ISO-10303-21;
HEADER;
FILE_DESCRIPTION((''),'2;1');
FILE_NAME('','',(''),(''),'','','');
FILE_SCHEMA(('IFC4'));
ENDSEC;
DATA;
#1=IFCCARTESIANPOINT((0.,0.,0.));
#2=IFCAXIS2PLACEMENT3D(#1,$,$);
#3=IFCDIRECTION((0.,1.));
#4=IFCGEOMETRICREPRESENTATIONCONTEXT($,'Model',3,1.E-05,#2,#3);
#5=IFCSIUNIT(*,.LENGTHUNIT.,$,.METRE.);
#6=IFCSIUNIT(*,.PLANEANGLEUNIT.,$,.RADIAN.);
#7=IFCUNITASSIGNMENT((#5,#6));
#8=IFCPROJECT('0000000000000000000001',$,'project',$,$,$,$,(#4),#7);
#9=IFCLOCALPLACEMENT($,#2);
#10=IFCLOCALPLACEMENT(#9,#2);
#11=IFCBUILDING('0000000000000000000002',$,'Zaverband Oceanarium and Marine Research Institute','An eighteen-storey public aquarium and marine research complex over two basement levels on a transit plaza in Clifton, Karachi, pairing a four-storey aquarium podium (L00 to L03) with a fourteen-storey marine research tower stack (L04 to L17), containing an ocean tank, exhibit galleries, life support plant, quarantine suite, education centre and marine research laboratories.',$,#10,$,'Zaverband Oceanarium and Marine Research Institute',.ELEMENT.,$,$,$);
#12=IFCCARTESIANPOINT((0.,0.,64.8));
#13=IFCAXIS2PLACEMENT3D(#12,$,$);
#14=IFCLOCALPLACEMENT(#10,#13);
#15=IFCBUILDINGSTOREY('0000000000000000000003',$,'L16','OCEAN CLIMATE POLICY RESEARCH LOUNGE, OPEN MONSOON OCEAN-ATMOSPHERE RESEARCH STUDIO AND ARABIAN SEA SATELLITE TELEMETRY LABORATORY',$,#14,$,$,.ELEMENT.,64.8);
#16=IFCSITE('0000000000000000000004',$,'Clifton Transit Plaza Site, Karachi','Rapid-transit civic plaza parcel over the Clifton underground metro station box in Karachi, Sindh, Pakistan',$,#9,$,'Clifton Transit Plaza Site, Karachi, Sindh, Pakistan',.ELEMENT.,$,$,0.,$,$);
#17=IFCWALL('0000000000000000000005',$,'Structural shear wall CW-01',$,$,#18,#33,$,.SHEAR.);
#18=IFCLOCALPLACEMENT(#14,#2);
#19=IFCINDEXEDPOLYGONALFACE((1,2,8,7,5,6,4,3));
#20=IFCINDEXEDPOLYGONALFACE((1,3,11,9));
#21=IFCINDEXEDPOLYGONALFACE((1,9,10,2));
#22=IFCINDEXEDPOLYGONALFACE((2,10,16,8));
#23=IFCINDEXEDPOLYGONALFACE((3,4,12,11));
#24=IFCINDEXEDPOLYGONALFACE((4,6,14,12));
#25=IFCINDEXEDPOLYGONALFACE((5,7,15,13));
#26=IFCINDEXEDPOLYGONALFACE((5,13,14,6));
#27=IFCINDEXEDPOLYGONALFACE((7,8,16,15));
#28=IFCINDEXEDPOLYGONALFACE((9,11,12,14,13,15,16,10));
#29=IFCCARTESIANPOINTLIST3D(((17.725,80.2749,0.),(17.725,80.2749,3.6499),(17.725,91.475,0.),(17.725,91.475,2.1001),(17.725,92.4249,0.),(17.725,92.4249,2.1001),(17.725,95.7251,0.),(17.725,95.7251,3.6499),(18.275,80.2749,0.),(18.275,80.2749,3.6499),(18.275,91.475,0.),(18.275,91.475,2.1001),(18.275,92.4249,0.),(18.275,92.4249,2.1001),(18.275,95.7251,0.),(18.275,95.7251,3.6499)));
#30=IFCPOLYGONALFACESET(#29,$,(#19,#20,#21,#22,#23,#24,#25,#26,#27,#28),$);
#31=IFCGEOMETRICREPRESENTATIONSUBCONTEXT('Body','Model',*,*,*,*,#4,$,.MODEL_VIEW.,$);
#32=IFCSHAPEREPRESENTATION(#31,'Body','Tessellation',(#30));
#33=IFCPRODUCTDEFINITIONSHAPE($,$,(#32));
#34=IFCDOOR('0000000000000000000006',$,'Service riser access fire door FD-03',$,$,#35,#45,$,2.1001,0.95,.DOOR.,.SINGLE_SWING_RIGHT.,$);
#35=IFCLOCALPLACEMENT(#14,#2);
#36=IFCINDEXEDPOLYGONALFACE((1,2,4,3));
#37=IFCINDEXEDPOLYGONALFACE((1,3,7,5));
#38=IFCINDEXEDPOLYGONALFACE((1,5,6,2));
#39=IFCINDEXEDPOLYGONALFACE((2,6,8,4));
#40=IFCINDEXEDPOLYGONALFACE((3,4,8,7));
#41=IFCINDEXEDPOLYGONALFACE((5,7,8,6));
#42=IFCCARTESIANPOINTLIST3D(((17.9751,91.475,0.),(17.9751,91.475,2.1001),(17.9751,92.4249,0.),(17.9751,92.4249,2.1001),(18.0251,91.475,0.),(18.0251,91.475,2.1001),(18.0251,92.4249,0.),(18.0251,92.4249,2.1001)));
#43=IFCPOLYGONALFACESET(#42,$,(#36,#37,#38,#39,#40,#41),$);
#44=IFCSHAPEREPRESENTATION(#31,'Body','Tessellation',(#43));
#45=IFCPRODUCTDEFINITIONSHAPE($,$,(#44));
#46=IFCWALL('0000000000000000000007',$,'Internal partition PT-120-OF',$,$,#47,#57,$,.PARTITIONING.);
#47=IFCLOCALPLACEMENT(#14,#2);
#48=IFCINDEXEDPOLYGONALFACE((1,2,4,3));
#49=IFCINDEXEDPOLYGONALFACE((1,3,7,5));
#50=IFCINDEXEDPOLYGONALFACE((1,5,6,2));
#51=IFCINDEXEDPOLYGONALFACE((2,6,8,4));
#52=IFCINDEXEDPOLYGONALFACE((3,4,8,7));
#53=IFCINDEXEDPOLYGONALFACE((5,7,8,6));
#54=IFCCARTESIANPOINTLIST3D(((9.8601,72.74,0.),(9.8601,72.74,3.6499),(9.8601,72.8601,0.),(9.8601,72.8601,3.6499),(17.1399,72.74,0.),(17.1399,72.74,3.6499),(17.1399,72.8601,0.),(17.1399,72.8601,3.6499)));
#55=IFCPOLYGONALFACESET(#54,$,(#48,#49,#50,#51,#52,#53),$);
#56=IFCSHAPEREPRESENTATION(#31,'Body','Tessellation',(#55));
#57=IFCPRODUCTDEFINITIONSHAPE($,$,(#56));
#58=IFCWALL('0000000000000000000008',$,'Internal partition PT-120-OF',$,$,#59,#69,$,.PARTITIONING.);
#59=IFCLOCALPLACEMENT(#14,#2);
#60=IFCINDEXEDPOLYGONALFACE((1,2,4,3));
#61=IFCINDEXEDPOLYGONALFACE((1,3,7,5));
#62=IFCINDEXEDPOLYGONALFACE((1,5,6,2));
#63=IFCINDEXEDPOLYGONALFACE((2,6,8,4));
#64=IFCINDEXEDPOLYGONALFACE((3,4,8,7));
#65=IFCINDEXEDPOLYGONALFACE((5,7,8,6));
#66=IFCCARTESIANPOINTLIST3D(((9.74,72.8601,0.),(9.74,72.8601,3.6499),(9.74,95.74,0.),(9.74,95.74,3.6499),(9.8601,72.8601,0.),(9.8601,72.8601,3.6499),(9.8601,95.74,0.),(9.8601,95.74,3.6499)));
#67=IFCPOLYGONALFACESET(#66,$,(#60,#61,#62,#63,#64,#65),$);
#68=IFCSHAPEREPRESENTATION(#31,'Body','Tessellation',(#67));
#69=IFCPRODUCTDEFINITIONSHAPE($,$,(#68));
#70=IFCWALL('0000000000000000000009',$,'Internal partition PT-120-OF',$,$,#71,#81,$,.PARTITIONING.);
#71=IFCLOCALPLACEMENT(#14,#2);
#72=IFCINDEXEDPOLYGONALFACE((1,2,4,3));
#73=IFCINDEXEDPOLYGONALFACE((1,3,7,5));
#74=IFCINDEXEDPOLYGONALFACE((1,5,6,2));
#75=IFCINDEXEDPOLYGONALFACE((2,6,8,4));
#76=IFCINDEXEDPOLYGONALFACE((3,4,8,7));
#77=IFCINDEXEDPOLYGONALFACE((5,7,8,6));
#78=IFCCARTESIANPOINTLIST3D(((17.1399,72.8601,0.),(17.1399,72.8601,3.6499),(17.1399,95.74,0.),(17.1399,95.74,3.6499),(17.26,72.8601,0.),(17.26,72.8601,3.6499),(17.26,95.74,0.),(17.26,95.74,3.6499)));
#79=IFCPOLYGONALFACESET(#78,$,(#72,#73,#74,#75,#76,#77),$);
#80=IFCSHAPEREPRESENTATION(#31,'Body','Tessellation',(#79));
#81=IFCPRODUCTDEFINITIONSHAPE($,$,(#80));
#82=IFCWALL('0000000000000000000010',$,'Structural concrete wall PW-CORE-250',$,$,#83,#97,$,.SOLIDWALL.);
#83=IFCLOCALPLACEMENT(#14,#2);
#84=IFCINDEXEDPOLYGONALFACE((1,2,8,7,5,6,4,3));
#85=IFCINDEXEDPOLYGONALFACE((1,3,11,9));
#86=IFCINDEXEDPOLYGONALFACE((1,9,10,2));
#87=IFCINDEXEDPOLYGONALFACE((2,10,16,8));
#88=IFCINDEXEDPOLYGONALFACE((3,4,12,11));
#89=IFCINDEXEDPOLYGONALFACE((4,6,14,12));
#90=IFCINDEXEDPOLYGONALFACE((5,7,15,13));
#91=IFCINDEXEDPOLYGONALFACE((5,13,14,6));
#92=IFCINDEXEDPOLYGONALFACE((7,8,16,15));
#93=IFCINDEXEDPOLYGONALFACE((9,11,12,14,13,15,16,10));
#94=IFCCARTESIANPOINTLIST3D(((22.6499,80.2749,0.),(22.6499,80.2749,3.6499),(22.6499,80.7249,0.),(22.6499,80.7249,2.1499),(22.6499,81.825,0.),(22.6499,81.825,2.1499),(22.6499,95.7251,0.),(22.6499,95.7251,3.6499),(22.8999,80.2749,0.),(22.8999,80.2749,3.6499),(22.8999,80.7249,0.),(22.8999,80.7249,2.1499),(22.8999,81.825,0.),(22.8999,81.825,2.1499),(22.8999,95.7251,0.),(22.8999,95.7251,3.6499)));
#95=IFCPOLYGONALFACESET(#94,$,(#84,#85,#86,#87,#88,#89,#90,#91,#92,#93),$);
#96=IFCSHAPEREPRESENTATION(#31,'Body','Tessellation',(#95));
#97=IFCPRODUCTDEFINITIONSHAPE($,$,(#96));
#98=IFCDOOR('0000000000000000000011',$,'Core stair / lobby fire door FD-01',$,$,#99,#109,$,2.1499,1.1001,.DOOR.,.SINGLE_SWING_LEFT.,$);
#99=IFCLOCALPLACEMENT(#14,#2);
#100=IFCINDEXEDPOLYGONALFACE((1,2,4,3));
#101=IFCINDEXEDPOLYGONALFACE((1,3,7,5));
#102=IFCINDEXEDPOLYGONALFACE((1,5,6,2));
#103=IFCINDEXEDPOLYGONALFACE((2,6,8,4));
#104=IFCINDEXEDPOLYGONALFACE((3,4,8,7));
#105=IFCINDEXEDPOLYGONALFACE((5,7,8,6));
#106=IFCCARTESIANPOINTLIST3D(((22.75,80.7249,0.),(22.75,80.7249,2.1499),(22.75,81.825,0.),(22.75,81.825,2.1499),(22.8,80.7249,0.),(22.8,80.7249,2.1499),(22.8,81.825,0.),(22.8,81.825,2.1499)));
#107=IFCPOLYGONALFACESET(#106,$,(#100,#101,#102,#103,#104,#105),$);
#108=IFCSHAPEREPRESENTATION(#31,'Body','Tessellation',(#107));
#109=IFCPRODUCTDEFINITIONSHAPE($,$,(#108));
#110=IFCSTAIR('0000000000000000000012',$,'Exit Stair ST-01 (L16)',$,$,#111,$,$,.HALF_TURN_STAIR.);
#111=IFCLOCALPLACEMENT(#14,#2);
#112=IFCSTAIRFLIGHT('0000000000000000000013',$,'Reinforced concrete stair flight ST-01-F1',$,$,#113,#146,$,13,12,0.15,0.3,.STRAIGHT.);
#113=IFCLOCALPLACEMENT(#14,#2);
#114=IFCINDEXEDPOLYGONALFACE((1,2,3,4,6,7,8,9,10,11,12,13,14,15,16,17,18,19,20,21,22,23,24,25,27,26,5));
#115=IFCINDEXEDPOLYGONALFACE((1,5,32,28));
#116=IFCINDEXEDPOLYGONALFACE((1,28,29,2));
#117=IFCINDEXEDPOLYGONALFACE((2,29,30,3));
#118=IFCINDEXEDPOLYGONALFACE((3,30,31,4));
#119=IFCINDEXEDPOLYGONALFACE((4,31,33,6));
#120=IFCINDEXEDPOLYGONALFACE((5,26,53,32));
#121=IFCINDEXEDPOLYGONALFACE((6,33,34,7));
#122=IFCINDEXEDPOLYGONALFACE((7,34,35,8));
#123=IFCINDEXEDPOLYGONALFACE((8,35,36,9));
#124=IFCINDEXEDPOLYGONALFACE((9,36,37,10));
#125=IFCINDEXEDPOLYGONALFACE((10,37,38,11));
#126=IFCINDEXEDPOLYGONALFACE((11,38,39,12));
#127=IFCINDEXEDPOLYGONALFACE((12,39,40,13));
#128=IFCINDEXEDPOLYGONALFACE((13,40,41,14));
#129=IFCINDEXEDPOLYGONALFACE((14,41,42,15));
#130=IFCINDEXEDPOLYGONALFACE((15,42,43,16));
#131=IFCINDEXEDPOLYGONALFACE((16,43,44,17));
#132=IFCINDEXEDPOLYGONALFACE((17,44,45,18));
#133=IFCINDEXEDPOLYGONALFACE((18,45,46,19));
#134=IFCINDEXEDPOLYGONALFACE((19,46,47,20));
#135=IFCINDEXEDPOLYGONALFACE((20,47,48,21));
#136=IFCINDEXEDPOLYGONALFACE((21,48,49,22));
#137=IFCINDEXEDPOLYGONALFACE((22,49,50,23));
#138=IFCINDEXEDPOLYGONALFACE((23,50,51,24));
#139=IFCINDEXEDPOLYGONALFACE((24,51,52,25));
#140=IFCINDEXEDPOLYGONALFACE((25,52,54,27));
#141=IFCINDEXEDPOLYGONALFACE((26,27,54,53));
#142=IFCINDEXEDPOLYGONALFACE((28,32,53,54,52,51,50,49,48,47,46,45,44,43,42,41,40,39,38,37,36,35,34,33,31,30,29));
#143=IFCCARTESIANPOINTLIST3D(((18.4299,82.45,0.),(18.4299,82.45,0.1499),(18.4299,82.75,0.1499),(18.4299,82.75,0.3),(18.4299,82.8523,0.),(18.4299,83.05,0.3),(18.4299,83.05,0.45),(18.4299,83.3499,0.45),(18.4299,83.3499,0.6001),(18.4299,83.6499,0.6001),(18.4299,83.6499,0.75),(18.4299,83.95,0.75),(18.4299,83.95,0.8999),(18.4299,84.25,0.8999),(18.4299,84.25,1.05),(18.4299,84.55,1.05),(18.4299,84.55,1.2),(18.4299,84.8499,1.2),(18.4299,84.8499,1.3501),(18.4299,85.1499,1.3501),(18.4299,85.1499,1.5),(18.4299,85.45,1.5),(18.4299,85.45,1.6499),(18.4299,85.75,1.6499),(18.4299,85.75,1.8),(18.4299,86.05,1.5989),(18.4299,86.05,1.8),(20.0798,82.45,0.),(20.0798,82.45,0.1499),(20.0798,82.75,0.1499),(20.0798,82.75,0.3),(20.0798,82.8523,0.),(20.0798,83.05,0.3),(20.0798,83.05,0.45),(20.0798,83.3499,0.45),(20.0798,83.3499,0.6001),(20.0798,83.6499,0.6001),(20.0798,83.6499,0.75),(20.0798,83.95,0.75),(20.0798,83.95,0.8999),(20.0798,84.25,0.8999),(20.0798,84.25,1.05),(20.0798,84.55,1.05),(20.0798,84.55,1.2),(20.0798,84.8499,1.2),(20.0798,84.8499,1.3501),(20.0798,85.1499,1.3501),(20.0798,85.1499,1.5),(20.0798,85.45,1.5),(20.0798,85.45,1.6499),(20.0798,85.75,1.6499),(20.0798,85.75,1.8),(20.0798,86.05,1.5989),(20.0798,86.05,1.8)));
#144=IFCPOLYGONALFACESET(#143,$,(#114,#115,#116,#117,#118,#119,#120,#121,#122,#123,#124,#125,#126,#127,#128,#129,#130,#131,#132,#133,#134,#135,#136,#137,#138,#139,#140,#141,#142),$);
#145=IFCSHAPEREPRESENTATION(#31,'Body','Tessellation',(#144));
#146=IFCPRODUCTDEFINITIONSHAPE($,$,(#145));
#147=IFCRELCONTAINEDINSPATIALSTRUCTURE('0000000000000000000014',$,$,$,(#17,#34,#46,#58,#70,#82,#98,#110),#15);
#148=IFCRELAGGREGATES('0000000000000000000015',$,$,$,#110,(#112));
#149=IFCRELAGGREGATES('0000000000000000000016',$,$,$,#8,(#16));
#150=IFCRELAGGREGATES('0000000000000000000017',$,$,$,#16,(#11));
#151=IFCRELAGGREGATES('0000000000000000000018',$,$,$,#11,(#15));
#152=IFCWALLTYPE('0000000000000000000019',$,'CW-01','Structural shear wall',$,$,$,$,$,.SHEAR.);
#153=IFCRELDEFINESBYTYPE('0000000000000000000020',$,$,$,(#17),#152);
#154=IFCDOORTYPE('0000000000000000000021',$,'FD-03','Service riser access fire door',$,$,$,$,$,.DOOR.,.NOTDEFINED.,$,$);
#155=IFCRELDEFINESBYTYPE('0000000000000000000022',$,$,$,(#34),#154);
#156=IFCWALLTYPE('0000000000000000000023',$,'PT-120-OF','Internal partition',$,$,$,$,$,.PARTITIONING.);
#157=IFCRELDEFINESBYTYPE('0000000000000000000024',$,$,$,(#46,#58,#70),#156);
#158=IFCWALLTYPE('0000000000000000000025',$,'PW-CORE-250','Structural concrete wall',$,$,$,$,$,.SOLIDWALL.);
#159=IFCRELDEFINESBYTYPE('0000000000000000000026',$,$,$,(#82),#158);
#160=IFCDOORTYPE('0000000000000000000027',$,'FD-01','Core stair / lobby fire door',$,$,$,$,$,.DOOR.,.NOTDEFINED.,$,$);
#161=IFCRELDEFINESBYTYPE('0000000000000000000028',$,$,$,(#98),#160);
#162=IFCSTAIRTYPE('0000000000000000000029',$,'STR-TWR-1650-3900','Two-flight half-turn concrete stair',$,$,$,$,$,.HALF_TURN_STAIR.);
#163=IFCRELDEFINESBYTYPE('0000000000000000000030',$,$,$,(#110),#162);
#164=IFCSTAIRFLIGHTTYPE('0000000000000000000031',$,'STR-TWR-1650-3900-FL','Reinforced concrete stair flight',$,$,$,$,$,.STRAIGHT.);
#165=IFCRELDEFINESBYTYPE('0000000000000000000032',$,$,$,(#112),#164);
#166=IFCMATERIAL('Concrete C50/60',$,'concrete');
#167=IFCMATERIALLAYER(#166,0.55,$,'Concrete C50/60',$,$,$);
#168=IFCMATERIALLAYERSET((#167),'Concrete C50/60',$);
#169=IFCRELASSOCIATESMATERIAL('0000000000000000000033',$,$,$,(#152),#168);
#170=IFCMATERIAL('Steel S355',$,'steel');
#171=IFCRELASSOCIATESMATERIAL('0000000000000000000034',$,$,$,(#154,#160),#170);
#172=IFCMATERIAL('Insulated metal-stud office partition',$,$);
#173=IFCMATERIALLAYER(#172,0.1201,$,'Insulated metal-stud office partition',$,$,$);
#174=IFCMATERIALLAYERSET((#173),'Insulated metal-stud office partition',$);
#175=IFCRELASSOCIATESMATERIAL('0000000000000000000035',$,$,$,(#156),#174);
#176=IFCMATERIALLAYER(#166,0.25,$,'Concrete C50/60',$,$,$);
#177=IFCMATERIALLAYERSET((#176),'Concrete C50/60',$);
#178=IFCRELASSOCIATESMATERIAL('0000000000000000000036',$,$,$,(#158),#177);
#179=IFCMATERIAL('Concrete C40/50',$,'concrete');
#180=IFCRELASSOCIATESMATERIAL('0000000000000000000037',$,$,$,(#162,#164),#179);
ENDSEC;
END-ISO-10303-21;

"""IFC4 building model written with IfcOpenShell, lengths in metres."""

from ifc_helpers import new_model, si_unit, direction, frame, frame_2d, origin, place, context, subcontext, project, spatial, polyline, rectangle, outline, extrude, material, layer, layer_set, type_object, element, fill, aggregate, save


model = new_model("IFC4")

# Units and contexts
model_context = context("Model", 3, precision=1e-05, world=origin(), true_north=direction((0.0, 1.0)))
body_context = subcontext(model_context, "Body", "Model", "MODEL_VIEW")
ifc_project = project(units=[si_unit("LENGTHUNIT", "METRE"), si_unit("PLANEANGLEUNIT", "RADIAN")], contexts=[model_context])

# Site, building, storey
site_placement = place(None, origin())
site = spatial("IfcSite", under=ifc_project, at=site_placement, Name="Clifton Transit Plaza Site, Karachi", Description="Rapid-transit civic plaza parcel over the Clifton underground metro station box in Karachi, Sindh, Pakistan", LongName="Clifton Transit Plaza Site, Karachi, Sindh, Pakistan", CompositionType="ELEMENT", RefElevation=0.0)
building_placement = place(site_placement, origin())
building = spatial("IfcBuilding", under=site, at=building_placement, Name="Zaverband Oceanarium and Marine Research Institute", Description="An eighteen-storey public aquarium and marine research complex over two basement levels on a transit plaza in Clifton, Karachi, pairing a four-storey aquarium podium (L00 to L03) with a fourteen-storey marine research tower stack (L04 to L17), containing an ocean tank, exhibit galleries, life support plant, quarantine suite, education centre and marine research laboratories.", LongName="Zaverband Oceanarium and Marine Research Institute", CompositionType="ELEMENT")
storey_placement = place(building_placement, frame((0.0, 0.0, 64.8)))
storey = spatial("IfcBuildingStorey", under=building, at=storey_placement, Name="L16", Description="OCEAN CLIMATE POLICY RESEARCH LOUNGE, OPEN MONSOON OCEAN-ATMOSPHERE RESEARCH STUDIO AND ARABIAN SEA SATELLITE TELEMETRY LABORATORY", CompositionType="ELEMENT", Elevation=64.8)

# Shared definitions
ifc_material_1 = material(Name="Concrete C50/60", Category="concrete")

# Shared definitions
ifc_material_2 = material(Name="Concrete C40/50", Category="concrete")

# Shared definitions
ifc_material_3 = material(Name="Steel S355", Category="steel")

# Wall, opening, door
ifc_layer_1 = layer(ifc_material_1, 0.55, Name="Concrete C50/60")
ifc_layer_set_1 = layer_set([ifc_layer_1], Name="Concrete C50/60")
wall_type_1 = type_object("IfcWallType", Name="CW-01", Description="Structural shear wall", PredefinedType="SHEAR", material=ifc_layer_set_1)
wall_1_placement = place(storey_placement, frame((18.0, 80.2749, 0.0), z_axis=(0.0, 0.0, 1.0), x_axis=(0.0, 1.0, 0.0)))
wall_1 = element("IfcWall", 1, at=wall_1_placement, inside=storey, type_object=wall_type_1, Name="Structural shear wall CW-01", PredefinedType="SHEAR", context=body_context, shape_type="SweptSolid", body=[
    extrude(rectangle(XDim=15.4502, YDim=0.55, at=frame_2d((7.7251, 0.0))), origin(), (0.0, 0.0, 1.0), 3.6499),
])
opening_1_placement = place(wall_1_placement, frame((11.2, 0.0, 0.0)))
opening_1 = element("IfcOpeningElement", 2, at=opening_1_placement, cuts=wall_1, PredefinedType="OPENING", context=body_context, shape_type="SweptSolid", body=[
    extrude(rectangle(XDim=0.95, YDim=2.1001, at=frame_2d((0.4751, 1.05))), frame((0.0, 0.2871, 0.0), z_axis=(0.0, -1.0, 0.0), x_axis=(1.0, 0.0, 0.0)), (0.0, 0.0, 1.0), 0.574),
])
door_type_1 = type_object("IfcDoorType", Name="FD-03", Description="Service riser access fire door", OperationType="NOTDEFINED", PredefinedType="DOOR", material=ifc_material_3)
door_1_placement = place(opening_1_placement, origin())
door_1 = element("IfcDoor", 3, at=door_1_placement, inside=storey, type_object=door_type_1, Name="Service riser access fire door FD-03", OperationType="SINGLE_SWING_RIGHT", OverallHeight=2.1001, OverallWidth=0.95, PredefinedType="DOOR", context=body_context, shape_type="SweptSolid", body=[
    extrude(rectangle(XDim=0.95, YDim=2.1001, at=frame_2d((0.4751, 1.05))), frame((0.0, 0.0249, 0.0), z_axis=(0.0, -1.0, 0.0), x_axis=(1.0, 0.0, 0.0)), (0.0, 0.0, 1.0), 0.05),
])
fill(opening_1, door_1)

# Walls
ifc_material_4 = material(Name="Insulated metal-stud office partition")
ifc_layer_2 = layer(ifc_material_4, 0.1201, Name="Insulated metal-stud office partition")
ifc_layer_set_2 = layer_set([ifc_layer_2], Name="Insulated metal-stud office partition")
wall_type_2 = type_object("IfcWallType", Name="PT-120-OF", Description="Internal partition", PredefinedType="PARTITIONING", material=ifc_layer_set_2)
wall_2_placement = place(storey_placement, frame((9.8601, 72.8, 0.0), z_axis=(0.0, 0.0, 1.0), x_axis=(1.0, 0.0, 0.0)))
element("IfcWall", 4, at=wall_2_placement, inside=storey, type_object=wall_type_2, Name="Internal partition PT-120-OF", PredefinedType="PARTITIONING", context=body_context, shape_type="SweptSolid", body=[
    extrude(rectangle(XDim=7.2798, YDim=0.1201, at=frame_2d((3.6399, 0.0))), origin(), (0.0, 0.0, 1.0), 3.6499),
])
for number, where, z_axis, x_axis, name in (
    (5, (9.8, 72.8601, 0.0), (0.0, 0.0, 1.0), (0.0, 1.0, 0.0), "Internal partition PT-120-OF"),
    (6, (17.2, 72.8601, 0.0), (0.0, 0.0, 1.0), (0.0, 1.0, 0.0), "Internal partition PT-120-OF"),
):
    element("IfcWall", number, at=place(storey_placement, frame(where, z_axis=z_axis, x_axis=x_axis)), inside=storey, type_object=wall_type_2, Name=name, PredefinedType="PARTITIONING", context=body_context, shape_type="SweptSolid", body=[
        extrude(rectangle(XDim=22.8799, YDim=0.1201, at=frame_2d((11.4399, 0.0))), origin(), (0.0, 0.0, 1.0), 3.6499),
    ])

# Wall, opening, door
ifc_layer_3 = layer(ifc_material_1, 0.25, Name="Concrete C50/60")
ifc_layer_set_3 = layer_set([ifc_layer_3], Name="Concrete C50/60")
wall_type_3 = type_object("IfcWallType", Name="PW-CORE-250", Description="Structural concrete wall", PredefinedType="SOLIDWALL", material=ifc_layer_set_3)
wall_3_placement = place(storey_placement, frame((22.7749, 80.2749, 0.0), z_axis=(0.0, 0.0, 1.0), x_axis=(0.0, 1.0, 0.0)))
wall_3 = element("IfcWall", 7, at=wall_3_placement, inside=storey, type_object=wall_type_3, Name="Structural concrete wall PW-CORE-250", PredefinedType="SOLIDWALL", context=body_context, shape_type="SweptSolid", body=[
    extrude(rectangle(XDim=15.4502, YDim=0.25, at=frame_2d((7.7251, 0.0))), origin(), (0.0, 0.0, 1.0), 3.6499),
])
opening_2_placement = place(wall_3_placement, frame((0.45, 0.0, 0.0)))
opening_2 = element("IfcOpeningElement", 8, at=opening_2_placement, cuts=wall_3, PredefinedType="OPENING", context=body_context, shape_type="SweptSolid", body=[
    extrude(rectangle(XDim=1.1001, YDim=2.1499, at=frame_2d((0.55, 1.075))), frame((0.0, 0.137, 0.0), z_axis=(0.0, -1.0, 0.0), x_axis=(1.0, 0.0, 0.0)), (0.0, 0.0, 1.0), 0.2739),
])
door_type_2 = type_object("IfcDoorType", Name="FD-01", Description="Core stair / lobby fire door", OperationType="NOTDEFINED", PredefinedType="DOOR", material=ifc_material_3)
door_2_placement = place(opening_2_placement, origin())
door_2 = element("IfcDoor", 9, at=door_2_placement, inside=storey, type_object=door_type_2, Name="Core stair / lobby fire door FD-01", OperationType="SINGLE_SWING_LEFT", OverallHeight=2.1499, OverallWidth=1.1001, PredefinedType="DOOR", context=body_context, shape_type="SweptSolid", body=[
    extrude(rectangle(XDim=1.1001, YDim=2.1499, at=frame_2d((0.55, 1.075))), frame((0.0, 0.0249, 0.0), z_axis=(0.0, -1.0, 0.0), x_axis=(1.0, 0.0, 0.0)), (0.0, 0.0, 1.0), 0.05),
])
fill(opening_2, door_2)

# Stair, stair flight
stair_type = type_object("IfcStairType", Name="STR-TWR-1650-3900", Description="Two-flight half-turn concrete stair", PredefinedType="HALF_TURN_STAIR", material=ifc_material_2)
stair_placement = place(storey_placement, origin())
stair = element("IfcStair", 10, at=stair_placement, inside=storey, type_object=stair_type, Name="Exit Stair ST-01 (L16)", PredefinedType="HALF_TURN_STAIR")
stair_flight_type = type_object("IfcStairFlightType", Name="STR-TWR-1650-3900-FL", Description="Reinforced concrete stair flight", PredefinedType="STRAIGHT", material=ifc_material_2)
stair_flight_1_placement = place(storey_placement, frame((19.2549, 82.45, 0.0), z_axis=(0.0, 0.0, 1.0), x_axis=(0.0, 1.0, 0.0)))
stair_flight_1 = element("IfcStairFlight", 11, at=stair_flight_1_placement, type_object=stair_flight_type, Name="Reinforced concrete stair flight ST-01-F1", NumberOfRisers=13, NumberOfTreads=12, PredefinedType="STRAIGHT", RiserHeight=0.15, TreadLength=0.3, context=body_context, shape_type="SweptSolid", body=[
    extrude(outline(polyline([(0.0, 0.0), (0.0, 0.1499), (0.3, 0.1499), (0.3, 0.3), (0.6001, 0.3), (0.6001, 0.45), (0.8999, 0.45), (0.8999, 0.6001), (1.2, 0.6001), (1.2, 0.75), (1.5, 0.75), (1.5, 0.8999), (1.8, 0.8999), (1.8, 1.05), (2.1001, 1.05), (2.1001, 1.2), (2.3999, 1.2), (2.3999, 1.3501), (2.7, 1.3501), (2.7, 1.5), (3.0, 1.5), (3.0, 1.6499), (3.3, 1.6499), (3.3, 1.8), (3.6001, 1.8), (3.6001, 1.95), (3.6001, 1.5989), (0.4023, 0.0), (0.0, 0.0)])), frame((0.0, 0.825, 0.0), z_axis=(0.0, -1.0, 0.0), x_axis=(1.0, 0.0, 0.0)), (0.0, 0.0, 1.0), 1.6499),
])
aggregate(stair, [stair_flight_1])

save(model, "model.ifc")
